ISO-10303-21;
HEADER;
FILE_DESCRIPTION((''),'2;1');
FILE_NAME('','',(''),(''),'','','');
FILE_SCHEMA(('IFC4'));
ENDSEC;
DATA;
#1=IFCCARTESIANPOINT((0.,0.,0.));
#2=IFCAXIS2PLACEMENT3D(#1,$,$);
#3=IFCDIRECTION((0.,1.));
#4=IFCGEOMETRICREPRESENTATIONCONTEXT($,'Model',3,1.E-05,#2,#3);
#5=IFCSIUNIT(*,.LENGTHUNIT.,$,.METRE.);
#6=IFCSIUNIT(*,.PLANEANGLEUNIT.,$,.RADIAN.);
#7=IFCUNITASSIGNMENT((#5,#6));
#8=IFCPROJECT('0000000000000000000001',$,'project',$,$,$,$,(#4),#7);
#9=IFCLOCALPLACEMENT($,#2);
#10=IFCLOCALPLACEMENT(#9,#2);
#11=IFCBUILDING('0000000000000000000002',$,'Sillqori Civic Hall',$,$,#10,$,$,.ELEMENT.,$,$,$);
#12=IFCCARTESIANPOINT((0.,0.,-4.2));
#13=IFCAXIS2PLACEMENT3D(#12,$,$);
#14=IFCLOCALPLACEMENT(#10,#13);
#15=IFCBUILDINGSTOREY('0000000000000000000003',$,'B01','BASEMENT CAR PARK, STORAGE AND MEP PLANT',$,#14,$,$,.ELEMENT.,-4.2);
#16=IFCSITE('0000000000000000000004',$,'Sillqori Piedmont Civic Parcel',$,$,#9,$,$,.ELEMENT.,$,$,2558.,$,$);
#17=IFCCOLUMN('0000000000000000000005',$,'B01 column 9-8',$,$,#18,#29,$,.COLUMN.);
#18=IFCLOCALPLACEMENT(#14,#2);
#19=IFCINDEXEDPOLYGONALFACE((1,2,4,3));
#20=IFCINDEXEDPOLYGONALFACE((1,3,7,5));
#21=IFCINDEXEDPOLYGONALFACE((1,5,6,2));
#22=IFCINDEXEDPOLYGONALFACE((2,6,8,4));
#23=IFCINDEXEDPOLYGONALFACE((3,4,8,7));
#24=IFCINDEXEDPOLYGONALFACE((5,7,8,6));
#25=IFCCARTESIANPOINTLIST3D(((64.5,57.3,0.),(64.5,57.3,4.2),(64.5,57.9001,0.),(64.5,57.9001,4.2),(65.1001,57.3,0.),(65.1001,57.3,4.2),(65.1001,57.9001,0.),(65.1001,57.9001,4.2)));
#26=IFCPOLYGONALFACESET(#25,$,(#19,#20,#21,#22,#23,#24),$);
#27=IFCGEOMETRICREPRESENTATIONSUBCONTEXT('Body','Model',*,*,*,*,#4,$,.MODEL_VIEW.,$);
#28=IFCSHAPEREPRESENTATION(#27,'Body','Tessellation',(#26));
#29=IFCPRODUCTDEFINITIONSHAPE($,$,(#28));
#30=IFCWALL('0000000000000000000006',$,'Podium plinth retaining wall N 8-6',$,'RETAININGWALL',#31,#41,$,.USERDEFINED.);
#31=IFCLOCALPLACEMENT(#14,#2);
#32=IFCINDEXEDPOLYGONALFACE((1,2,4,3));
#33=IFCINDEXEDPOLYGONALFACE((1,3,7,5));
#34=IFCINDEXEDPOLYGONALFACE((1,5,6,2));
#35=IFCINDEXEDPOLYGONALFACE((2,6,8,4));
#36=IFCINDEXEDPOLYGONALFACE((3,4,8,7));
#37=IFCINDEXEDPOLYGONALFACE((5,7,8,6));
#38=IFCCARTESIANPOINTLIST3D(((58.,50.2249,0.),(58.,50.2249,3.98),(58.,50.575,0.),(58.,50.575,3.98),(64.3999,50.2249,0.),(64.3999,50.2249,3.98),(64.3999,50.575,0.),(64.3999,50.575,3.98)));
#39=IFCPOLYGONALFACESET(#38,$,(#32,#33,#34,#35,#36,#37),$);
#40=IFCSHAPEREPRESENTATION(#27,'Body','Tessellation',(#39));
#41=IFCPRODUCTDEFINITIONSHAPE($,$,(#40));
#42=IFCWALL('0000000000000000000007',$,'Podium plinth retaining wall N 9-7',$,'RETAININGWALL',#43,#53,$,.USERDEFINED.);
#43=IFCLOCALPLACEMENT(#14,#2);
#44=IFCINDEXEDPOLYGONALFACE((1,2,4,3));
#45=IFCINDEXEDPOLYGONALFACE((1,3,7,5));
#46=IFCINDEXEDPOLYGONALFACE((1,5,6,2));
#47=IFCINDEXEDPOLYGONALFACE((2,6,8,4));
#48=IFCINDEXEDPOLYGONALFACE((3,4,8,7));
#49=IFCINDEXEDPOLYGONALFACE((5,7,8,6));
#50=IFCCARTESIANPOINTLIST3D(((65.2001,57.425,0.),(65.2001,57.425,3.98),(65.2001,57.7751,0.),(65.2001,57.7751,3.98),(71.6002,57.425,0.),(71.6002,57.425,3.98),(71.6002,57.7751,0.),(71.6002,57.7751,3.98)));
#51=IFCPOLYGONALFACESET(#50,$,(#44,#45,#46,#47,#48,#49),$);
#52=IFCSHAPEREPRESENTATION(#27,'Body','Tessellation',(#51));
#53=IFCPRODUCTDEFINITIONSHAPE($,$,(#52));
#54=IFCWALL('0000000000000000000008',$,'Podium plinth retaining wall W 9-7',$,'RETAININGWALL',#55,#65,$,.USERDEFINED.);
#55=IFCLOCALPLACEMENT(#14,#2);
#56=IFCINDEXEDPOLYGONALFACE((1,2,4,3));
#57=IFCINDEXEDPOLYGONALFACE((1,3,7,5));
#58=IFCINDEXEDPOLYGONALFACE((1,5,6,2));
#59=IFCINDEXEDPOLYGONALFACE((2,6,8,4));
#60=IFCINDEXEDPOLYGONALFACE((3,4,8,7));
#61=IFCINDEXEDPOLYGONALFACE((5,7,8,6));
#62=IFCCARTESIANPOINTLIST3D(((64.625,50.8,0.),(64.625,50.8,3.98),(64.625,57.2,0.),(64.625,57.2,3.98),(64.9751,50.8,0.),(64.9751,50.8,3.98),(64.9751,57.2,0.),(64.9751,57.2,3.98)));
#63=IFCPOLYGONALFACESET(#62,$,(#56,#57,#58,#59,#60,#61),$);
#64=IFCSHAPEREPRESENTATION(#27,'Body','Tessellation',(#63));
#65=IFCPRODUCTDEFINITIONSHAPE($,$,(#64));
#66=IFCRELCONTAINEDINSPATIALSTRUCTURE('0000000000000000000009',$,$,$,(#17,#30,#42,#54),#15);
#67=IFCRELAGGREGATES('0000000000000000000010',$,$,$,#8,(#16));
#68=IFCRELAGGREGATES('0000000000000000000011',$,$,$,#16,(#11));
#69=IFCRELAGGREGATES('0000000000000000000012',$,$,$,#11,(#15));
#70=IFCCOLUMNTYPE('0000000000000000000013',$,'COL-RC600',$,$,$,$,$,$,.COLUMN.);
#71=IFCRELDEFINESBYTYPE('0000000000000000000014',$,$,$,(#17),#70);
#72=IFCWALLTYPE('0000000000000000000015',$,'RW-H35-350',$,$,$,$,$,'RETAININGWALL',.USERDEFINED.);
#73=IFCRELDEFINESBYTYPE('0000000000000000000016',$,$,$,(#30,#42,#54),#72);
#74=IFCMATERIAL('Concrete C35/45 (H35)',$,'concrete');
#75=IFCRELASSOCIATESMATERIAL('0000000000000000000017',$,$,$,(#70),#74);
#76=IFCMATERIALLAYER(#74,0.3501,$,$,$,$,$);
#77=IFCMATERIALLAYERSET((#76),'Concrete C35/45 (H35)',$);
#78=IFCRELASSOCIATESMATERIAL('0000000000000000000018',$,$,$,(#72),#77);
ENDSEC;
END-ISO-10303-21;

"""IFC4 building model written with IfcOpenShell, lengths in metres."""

from ifc_helpers import new_model, si_unit, direction, frame, frame_2d, origin, origin_2d, place, context, subcontext, project, spatial, rectangle, extrude, material, layer, layer_set, material_profile, profile_set, type_object, element, save


model = new_model("IFC4")

# Units and contexts
model_context = context("Model", 3, precision=1e-05, world=origin(), true_north=direction((0.0, 1.0)))
body_context = subcontext(model_context, "Body", "Model", "MODEL_VIEW")
ifc_project = project(units=[si_unit("LENGTHUNIT", "METRE"), si_unit("PLANEANGLEUNIT", "RADIAN")], contexts=[model_context])

# Site, building, storey
site_placement = place(None, origin())
site = spatial("IfcSite", under=ifc_project, at=site_placement, Name="Sillqori Piedmont Civic Parcel", CompositionType="ELEMENT", RefElevation=2558.0)
building_placement = place(site_placement, origin())
building = spatial("IfcBuilding", under=site, at=building_placement, Name="Sillqori Civic Hall", CompositionType="ELEMENT")
storey_placement = place(building_placement, frame((0.0, 0.0, -4.2)))
storey = spatial("IfcBuildingStorey", under=building, at=storey_placement, Name="B01", Description="BASEMENT CAR PARK, STORAGE AND MEP PLANT", CompositionType="ELEMENT", Elevation=-4.2)

# Shared definitions
ifc_material = material(Name="Concrete C35/45 (H35)", Category="concrete")

# Column
ifc_material_profile_1 = material_profile(ifc_material, rectangle(XDim=0.6001, YDim=0.6001, at=origin_2d()), Name="RC 600x600")
ifc_profile_set_1 = profile_set([ifc_material_profile_1], Name="Concrete C35/45 (H35)")
column_type = type_object("IfcColumnType", Name="COL-RC600", PredefinedType="COLUMN", material=ifc_profile_set_1)
for number, where, z_axis, x_axis, name in (
    (1, (64.8, 57.6001, 0.0), (0.0, 0.0, 1.0), (1.0, 0.0, 0.0), "B01 column 9-8"),
):
    element("IfcColumn", number, at=place(storey_placement, frame(where, z_axis=z_axis, x_axis=x_axis)), inside=storey, type_object=column_type, Name=name, PredefinedType="COLUMN", context=body_context, shape_type="SweptSolid", body=[
        extrude(rectangle(XDim=0.6001, YDim=0.6001, at=origin_2d()), origin(), (0.0, 0.0, 1.0), 4.2),
    ])

# Walls
ifc_layer = layer(ifc_material, 0.3501)
ifc_layer_set = layer_set([ifc_layer], Name="Concrete C35/45 (H35)")
wall_type = type_object("IfcWallType", Name="RW-H35-350", ElementType="RETAININGWALL", PredefinedType="USERDEFINED", material=ifc_layer_set)
wall_1_placement = place(storey_placement, frame((58.0, 50.3999, 0.0), z_axis=(0.0, 0.0, 1.0), x_axis=(1.0, 0.0, 0.0)))
element("IfcWall", 2, at=wall_1_placement, inside=storey, type_object=wall_type, Name="Podium plinth retaining wall N 8-6", ObjectType="RETAININGWALL", PredefinedType="USERDEFINED", context=body_context, shape_type="SweptSolid", body=[
    extrude(rectangle(XDim=6.3999, YDim=0.3501, at=frame_2d((3.2, 0.0))), origin(), (0.0, 0.0, 1.0), 3.98),
])
wall_2_placement = place(storey_placement, frame((65.2, 57.6001, 0.0), z_axis=(0.0, 0.0, 1.0), x_axis=(1.0, 0.0, 0.0)))
element("IfcWall", 3, at=wall_2_placement, inside=storey, type_object=wall_type, Name="Podium plinth retaining wall N 9-7", ObjectType="RETAININGWALL", PredefinedType="USERDEFINED", context=body_context, shape_type="SweptSolid", body=[
    extrude(rectangle(XDim=6.4001, YDim=0.3501, at=frame_2d((3.2002, 0.0))), origin(), (0.0, 0.0, 1.0), 3.98),
])
wall_3_placement = place(storey_placement, frame((64.8, 50.8, 0.0), z_axis=(0.0, 0.0, 1.0), x_axis=(0.0, 1.0, 0.0)))
element("IfcWall", 4, at=wall_3_placement, inside=storey, type_object=wall_type, Name="Podium plinth retaining wall W 9-7", ObjectType="RETAININGWALL", PredefinedType="USERDEFINED", context=body_context, shape_type="SweptSolid", body=[
    extrude(rectangle(XDim=6.3999, YDim=0.3501, at=frame_2d((3.2, 0.0))), origin(), (0.0, 0.0, 1.0), 3.98),
])

save(model, "model.ifc")
